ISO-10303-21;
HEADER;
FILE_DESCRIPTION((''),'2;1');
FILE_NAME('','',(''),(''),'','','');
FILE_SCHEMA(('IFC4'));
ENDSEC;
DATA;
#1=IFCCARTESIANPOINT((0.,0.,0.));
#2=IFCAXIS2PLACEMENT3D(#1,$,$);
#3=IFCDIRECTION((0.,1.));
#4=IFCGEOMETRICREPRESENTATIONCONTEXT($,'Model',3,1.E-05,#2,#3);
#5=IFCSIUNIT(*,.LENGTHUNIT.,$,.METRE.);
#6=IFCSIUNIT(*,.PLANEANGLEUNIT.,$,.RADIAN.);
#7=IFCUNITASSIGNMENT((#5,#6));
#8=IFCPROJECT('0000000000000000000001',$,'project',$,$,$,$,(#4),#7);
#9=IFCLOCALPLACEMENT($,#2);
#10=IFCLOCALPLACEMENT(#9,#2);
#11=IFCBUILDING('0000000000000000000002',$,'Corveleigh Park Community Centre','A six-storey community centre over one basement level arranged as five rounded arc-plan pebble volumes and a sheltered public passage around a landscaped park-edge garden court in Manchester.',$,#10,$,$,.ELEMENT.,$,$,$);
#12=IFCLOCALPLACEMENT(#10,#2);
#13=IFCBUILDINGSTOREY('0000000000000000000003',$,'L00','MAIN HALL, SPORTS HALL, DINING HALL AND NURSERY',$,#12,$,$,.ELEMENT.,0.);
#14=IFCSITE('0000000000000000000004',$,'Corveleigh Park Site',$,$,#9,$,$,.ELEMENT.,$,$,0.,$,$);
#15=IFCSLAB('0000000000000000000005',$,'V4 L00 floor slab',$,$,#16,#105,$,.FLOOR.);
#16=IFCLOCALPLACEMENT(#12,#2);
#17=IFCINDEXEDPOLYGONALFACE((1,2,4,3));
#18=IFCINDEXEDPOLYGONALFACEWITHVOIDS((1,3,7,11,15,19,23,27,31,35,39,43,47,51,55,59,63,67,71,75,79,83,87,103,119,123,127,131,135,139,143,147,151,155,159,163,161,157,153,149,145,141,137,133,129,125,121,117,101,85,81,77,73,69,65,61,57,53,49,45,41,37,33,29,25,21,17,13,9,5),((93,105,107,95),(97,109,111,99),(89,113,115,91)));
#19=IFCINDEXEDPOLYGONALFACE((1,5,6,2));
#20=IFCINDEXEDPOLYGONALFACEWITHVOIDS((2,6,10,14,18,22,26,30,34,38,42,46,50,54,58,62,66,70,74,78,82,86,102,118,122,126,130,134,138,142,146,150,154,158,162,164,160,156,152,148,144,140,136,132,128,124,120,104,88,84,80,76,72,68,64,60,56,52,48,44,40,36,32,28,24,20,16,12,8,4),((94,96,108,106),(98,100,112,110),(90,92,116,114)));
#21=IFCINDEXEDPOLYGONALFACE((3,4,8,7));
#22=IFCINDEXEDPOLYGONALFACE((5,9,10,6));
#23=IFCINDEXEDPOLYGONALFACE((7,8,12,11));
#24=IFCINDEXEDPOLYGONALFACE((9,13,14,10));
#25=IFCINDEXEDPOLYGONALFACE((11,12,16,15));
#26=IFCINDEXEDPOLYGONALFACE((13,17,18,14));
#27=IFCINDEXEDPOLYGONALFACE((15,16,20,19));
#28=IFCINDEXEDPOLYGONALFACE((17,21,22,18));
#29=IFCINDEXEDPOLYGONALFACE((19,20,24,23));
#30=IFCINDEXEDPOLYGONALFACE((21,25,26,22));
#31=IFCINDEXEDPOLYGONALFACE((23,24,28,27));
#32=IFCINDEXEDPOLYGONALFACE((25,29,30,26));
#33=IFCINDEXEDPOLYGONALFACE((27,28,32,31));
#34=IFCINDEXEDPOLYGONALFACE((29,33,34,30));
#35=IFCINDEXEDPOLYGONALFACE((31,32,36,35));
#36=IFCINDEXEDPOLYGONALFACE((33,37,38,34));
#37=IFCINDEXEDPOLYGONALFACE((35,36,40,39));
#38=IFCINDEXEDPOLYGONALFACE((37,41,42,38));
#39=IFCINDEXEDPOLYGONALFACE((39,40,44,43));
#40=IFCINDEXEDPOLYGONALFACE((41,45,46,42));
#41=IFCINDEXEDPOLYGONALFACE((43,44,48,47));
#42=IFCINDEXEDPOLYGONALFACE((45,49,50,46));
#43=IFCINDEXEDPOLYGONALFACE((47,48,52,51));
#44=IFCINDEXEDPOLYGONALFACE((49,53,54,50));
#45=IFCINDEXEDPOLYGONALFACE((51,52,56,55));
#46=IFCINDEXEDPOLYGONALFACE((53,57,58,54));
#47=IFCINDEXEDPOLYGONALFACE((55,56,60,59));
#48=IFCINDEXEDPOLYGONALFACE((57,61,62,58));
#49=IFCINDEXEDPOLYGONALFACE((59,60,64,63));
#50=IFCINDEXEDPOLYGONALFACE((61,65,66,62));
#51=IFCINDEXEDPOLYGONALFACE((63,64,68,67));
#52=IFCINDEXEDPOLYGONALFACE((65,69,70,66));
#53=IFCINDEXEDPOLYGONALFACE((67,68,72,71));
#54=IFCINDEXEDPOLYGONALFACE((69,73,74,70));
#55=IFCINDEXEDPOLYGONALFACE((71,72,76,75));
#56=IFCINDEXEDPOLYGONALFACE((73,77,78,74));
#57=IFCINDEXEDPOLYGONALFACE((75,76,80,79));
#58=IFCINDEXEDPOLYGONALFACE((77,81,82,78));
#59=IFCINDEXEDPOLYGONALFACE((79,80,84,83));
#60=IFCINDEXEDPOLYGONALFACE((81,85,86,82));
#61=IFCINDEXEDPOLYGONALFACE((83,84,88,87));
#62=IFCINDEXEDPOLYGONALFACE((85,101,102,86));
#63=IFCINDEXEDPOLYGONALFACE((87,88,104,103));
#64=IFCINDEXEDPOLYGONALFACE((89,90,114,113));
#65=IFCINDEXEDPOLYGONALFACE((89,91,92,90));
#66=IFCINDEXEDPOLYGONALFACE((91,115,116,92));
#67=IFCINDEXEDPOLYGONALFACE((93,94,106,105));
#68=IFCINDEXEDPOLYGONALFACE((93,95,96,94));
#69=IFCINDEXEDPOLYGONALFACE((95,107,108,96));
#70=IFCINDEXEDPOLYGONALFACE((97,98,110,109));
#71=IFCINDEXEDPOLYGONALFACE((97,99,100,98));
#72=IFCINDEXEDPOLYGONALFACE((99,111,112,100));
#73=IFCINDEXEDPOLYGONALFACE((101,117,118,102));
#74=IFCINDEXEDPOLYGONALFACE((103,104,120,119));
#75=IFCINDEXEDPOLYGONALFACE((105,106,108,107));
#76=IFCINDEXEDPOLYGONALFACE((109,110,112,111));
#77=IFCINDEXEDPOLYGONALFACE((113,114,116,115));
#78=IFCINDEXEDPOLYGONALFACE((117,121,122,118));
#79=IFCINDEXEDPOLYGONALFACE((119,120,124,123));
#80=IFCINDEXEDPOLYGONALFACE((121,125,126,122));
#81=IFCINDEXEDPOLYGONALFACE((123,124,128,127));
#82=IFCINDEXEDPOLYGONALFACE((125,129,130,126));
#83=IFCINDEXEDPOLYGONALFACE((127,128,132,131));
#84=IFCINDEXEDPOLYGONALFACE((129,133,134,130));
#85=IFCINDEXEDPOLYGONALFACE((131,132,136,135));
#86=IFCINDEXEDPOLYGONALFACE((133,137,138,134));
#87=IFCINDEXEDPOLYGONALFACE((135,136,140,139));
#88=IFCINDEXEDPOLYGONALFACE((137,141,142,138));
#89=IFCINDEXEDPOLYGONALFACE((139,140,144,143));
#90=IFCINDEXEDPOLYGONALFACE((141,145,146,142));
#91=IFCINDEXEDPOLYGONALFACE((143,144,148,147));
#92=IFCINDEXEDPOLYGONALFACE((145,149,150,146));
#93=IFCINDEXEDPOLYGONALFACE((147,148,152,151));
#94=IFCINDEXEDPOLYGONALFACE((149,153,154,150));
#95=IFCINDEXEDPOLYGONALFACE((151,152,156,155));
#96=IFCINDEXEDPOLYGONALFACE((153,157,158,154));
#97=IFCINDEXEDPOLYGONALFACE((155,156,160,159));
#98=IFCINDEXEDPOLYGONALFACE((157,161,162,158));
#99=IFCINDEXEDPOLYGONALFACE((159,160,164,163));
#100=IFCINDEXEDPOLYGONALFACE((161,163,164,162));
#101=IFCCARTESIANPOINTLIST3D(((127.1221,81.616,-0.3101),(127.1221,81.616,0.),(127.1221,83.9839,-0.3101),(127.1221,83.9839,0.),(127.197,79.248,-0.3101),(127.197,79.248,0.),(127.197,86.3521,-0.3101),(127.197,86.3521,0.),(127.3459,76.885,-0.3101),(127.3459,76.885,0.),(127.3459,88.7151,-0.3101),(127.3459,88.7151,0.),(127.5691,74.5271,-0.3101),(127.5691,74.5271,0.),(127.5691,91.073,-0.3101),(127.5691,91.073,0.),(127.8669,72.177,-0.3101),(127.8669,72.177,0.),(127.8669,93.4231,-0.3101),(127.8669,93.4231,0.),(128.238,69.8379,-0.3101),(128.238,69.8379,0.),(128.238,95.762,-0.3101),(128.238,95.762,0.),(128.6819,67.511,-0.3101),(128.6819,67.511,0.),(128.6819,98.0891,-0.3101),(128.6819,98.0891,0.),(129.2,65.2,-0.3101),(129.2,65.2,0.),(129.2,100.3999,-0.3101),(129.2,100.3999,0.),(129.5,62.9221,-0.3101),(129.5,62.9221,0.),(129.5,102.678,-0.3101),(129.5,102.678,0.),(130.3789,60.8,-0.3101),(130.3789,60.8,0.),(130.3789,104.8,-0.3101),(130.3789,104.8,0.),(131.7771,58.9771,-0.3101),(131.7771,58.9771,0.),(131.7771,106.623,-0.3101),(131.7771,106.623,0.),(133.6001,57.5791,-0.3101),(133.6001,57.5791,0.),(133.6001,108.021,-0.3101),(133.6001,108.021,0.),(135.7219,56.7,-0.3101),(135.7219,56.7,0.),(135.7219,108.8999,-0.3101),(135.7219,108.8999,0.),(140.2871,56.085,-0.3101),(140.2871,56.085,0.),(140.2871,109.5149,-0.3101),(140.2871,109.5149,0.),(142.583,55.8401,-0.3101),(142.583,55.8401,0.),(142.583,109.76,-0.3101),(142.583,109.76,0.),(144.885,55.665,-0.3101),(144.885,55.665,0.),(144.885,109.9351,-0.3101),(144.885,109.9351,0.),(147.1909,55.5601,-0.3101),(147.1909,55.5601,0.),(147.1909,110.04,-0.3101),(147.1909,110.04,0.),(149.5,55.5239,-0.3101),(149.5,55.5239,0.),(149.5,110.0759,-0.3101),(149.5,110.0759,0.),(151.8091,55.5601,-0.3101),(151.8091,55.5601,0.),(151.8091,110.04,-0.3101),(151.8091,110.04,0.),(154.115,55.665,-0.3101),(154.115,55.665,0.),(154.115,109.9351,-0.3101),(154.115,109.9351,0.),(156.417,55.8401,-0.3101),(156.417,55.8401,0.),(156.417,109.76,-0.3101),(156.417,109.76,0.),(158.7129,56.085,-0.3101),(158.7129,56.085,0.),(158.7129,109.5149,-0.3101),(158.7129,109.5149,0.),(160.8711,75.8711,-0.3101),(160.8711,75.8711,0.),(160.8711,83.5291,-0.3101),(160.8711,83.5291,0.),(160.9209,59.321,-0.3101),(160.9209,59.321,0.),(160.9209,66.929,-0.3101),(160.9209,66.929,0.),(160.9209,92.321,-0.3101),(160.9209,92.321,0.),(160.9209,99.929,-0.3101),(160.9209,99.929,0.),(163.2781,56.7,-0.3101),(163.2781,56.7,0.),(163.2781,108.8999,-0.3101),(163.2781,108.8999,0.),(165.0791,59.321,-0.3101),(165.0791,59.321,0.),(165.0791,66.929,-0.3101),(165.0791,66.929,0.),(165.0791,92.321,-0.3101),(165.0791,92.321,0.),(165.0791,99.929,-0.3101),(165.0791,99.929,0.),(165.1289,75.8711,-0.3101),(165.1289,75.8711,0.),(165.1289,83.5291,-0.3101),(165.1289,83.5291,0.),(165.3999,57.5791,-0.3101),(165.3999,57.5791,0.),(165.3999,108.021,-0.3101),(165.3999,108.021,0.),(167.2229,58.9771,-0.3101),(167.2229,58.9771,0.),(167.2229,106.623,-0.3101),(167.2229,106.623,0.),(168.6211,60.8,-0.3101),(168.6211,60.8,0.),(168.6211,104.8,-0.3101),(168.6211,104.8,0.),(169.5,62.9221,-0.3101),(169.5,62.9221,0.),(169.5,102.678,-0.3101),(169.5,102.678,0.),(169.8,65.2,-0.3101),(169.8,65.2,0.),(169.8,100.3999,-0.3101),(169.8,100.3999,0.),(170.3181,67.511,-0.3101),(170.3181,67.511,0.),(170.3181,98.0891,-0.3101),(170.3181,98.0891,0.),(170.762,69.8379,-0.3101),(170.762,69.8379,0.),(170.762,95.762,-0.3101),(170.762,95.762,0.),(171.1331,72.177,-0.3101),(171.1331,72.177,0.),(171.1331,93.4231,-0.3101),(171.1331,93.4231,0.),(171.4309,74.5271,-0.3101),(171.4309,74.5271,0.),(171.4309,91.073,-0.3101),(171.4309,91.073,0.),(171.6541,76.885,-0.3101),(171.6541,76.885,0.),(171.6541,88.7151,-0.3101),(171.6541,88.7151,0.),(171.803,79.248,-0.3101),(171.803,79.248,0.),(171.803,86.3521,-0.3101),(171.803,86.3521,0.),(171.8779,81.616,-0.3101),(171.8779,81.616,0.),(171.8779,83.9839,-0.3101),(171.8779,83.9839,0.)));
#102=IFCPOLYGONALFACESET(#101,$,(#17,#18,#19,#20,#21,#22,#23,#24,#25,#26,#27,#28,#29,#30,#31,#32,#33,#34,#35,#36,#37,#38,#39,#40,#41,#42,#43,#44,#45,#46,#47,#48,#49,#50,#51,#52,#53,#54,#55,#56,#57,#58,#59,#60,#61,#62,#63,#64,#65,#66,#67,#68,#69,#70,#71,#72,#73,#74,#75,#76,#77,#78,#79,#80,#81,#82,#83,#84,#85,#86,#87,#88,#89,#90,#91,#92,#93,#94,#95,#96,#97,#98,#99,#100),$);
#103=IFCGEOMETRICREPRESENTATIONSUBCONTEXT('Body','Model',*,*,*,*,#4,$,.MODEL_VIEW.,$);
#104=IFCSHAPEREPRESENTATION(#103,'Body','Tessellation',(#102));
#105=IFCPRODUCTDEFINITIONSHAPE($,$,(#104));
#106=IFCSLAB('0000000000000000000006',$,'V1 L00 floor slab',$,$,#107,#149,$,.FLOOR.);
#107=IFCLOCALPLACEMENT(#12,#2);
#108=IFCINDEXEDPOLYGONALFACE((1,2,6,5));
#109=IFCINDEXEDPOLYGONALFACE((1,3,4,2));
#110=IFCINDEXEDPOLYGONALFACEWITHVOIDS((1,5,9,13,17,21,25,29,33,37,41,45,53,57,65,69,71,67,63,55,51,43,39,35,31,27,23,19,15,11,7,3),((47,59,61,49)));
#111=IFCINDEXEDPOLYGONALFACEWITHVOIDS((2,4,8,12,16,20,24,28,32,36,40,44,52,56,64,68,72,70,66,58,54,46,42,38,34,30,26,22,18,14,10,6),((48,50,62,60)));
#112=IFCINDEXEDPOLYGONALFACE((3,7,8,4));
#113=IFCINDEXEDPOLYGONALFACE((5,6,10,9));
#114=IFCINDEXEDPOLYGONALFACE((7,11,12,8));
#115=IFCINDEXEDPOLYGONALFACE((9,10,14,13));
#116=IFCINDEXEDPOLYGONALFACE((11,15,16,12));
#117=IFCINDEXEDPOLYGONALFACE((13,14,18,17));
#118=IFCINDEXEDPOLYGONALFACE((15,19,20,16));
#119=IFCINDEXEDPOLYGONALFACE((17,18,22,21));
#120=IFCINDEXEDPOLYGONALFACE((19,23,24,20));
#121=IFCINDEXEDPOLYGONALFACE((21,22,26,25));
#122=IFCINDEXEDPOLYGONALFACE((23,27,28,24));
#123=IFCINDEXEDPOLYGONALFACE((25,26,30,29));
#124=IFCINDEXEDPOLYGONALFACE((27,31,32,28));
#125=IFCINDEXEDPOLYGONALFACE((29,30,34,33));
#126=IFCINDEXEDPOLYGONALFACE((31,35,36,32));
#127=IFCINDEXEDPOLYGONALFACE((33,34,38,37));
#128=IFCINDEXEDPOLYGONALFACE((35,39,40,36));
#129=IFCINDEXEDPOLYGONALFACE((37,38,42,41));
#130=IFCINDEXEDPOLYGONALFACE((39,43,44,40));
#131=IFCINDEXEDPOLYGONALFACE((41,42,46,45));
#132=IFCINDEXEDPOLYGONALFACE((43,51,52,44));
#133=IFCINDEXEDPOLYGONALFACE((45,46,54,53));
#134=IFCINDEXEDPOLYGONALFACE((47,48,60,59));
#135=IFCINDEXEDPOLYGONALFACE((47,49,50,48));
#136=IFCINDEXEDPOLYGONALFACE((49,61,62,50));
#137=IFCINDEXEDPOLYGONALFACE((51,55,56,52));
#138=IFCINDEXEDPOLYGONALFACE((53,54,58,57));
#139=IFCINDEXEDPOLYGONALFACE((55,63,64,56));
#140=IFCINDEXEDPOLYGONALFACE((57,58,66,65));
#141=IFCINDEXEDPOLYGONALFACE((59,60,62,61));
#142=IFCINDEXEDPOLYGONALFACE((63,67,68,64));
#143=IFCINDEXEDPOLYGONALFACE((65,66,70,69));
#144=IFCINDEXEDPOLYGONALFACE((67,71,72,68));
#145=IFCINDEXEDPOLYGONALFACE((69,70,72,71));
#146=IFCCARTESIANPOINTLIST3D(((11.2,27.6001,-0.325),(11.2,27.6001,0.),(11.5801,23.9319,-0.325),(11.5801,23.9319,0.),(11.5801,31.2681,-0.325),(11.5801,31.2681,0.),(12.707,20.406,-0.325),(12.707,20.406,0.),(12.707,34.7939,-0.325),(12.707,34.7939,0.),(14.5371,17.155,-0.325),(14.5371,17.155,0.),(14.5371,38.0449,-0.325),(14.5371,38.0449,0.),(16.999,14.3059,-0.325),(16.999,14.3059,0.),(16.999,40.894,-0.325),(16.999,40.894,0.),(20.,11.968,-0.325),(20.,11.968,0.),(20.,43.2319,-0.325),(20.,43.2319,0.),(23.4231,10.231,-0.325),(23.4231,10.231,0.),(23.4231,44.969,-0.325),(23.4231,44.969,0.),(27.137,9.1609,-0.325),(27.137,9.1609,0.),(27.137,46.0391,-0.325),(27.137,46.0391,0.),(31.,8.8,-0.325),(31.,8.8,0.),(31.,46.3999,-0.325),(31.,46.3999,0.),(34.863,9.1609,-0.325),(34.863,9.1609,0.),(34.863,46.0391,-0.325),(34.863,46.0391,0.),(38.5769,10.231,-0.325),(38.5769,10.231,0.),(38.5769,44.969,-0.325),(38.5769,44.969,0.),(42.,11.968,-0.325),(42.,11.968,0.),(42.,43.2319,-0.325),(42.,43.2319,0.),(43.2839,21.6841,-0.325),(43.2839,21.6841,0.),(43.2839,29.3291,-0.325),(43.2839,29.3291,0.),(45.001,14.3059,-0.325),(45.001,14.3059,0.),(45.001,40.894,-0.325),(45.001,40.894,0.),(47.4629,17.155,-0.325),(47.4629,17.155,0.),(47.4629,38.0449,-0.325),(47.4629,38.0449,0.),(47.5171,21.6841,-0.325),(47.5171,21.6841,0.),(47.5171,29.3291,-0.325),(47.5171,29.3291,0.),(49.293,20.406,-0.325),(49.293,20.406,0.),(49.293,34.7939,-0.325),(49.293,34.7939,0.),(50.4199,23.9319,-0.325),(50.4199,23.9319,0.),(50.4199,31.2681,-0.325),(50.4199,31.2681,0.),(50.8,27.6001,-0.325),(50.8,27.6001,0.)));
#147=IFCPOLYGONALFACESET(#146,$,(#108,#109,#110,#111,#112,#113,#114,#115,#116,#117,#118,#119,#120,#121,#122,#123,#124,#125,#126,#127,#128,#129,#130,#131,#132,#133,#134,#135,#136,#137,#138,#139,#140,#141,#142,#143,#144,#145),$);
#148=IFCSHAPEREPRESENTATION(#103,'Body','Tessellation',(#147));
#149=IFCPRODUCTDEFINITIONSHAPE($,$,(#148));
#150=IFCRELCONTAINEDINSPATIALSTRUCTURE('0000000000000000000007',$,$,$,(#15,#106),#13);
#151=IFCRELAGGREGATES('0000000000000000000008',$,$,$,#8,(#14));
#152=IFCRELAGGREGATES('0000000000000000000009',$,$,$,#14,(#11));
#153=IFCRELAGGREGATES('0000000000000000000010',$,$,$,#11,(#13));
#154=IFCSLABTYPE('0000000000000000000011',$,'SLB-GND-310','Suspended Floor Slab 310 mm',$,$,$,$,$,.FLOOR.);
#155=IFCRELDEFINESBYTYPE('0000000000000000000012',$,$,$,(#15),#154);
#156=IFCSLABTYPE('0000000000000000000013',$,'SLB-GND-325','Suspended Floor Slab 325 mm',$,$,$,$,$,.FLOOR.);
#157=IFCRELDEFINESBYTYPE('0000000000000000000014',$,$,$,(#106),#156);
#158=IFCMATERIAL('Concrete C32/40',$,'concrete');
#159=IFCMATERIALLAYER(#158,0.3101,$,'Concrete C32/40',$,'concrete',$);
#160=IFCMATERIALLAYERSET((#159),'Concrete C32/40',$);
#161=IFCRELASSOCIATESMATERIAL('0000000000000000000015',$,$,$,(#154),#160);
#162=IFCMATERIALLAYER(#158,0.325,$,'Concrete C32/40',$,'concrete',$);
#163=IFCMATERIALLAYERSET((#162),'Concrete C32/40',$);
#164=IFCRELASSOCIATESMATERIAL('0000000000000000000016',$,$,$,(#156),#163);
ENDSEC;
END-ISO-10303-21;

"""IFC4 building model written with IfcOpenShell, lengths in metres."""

from ifc_helpers import new_model, si_unit, direction, frame, origin, place, context, subcontext, project, spatial, polyline, outline, extrude, material, layer, layer_set, type_object, element, save


model = new_model("IFC4")

# Units and contexts
model_context = context("Model", 3, precision=1e-05, world=origin(), true_north=direction((0.0, 1.0)))
body_context = subcontext(model_context, "Body", "Model", "MODEL_VIEW")
ifc_project = project(units=[si_unit("LENGTHUNIT", "METRE"), si_unit("PLANEANGLEUNIT", "RADIAN")], contexts=[model_context])

# Site, building, storey
site_placement = place(None, origin())
site = spatial("IfcSite", under=ifc_project, at=site_placement, Name="Corveleigh Park Site", CompositionType="ELEMENT", RefElevation=0.0)
building_placement = place(site_placement, origin())
building = spatial("IfcBuilding", under=site, at=building_placement, Name="Corveleigh Park Community Centre", Description="A six-storey community centre over one basement level arranged as five rounded arc-plan pebble volumes and a sheltered public passage around a landscaped park-edge garden court in Manchester.", CompositionType="ELEMENT")
storey_placement = place(building_placement, origin())
storey = spatial("IfcBuildingStorey", under=building, at=storey_placement, Name="L00", Description="MAIN HALL, SPORTS HALL, DINING HALL AND NURSERY", CompositionType="ELEMENT", Elevation=0.0)

# Slabs
ifc_material_1 = material(Name="Concrete C32/40", Category="concrete")
ifc_layer_1 = layer(ifc_material_1, 0.3101, Name="Concrete C32/40", Category="concrete")
ifc_layer_set_1 = layer_set([ifc_layer_1], Name="Concrete C32/40")
slab_type_1 = type_object("IfcSlabType", Name="SLB-GND-310", Description="Suspended Floor Slab 310 mm", PredefinedType="FLOOR", material=ifc_layer_set_1)
slab_1_placement = place(storey_placement, frame((0.0, 0.0, -0.3101)))
element("IfcSlab", 1, at=slab_1_placement, inside=storey, type_object=slab_type_1, Name="V4 L00 floor slab", PredefinedType="FLOOR", context=body_context, shape_type="SweptSolid", body=[
    extrude(outline(polyline([(133.6001, 57.5791), (131.7771, 58.9771), (130.3789, 60.8), (129.5, 62.9221), (129.2, 65.2), (128.6819, 67.511), (128.238, 69.8379), (127.8669, 72.177), (127.5691, 74.5271), (127.3459, 76.885), (127.197, 79.248), (127.1221, 81.616), (127.1221, 83.9839), (127.197, 86.3521), (127.3459, 88.7151), (127.5691, 91.073), (127.8669, 93.4231), (128.238, 95.762), (128.6819, 98.0891), (129.2, 100.3999), (129.5, 102.678), (130.3789, 104.8), (131.7771, 106.623), (133.6001, 108.021), (135.7219, 108.8999), (140.2871, 109.5149), (142.583, 109.76), (144.885, 109.9351), (147.1909, 110.04), (149.5, 110.0759), (151.8091, 110.04), (154.115, 109.9351), (156.417, 109.76), (158.7129, 109.5149), (163.2781, 108.8999), (165.3999, 108.021), (167.2229, 106.623), (168.6211, 104.8), (169.5, 102.678), (169.8, 100.3999), (170.3181, 98.0891), (170.762, 95.762), (171.1331, 93.4231), (171.4309, 91.073), (171.6541, 88.7151), (171.803, 86.3521), (171.8779, 83.9839), (171.8779, 81.616), (171.803, 79.248), (171.6541, 76.885), (171.4309, 74.5271), (171.1331, 72.177), (170.762, 69.8379), (170.3181, 67.511), (169.8, 65.2), (169.5, 62.9221), (168.6211, 60.8), (167.2229, 58.9771), (165.3999, 57.5791), (163.2781, 56.7), (158.7129, 56.085), (156.417, 55.8401), (154.115, 55.665), (151.8091, 55.5601), (149.5, 55.5239), (147.1909, 55.5601), (144.885, 55.665), (142.583, 55.8401), (140.2871, 56.085), (135.7219, 56.7), (133.6001, 57.5791)]), holes=[polyline([(160.9209, 66.929), (160.9209, 59.321), (165.0791, 59.321), (165.0791, 66.929), (160.9209, 66.929)]), polyline([(160.8711, 75.8711), (165.1289, 75.8711), (165.1289, 83.5291), (160.8711, 83.5291), (160.8711, 75.8711)]), polyline([(160.9209, 99.929), (160.9209, 92.321), (165.0791, 92.321), (165.0791, 99.929), (160.9209, 99.929)])]), origin(), (0.0, 0.0, 1.0), 0.3101),
])
ifc_layer_2 = layer(ifc_material_1, 0.325, Name="Concrete C32/40", Category="concrete")
ifc_layer_set_2 = layer_set([ifc_layer_2], Name="Concrete C32/40")
slab_type_2 = type_object("IfcSlabType", Name="SLB-GND-325", Description="Suspended Floor Slab 325 mm", PredefinedType="FLOOR", material=ifc_layer_set_2)
slab_2_placement = place(storey_placement, frame((0.0, 0.0, -0.325)))
element("IfcSlab", 2, at=slab_2_placement, inside=storey, type_object=slab_type_2, Name="V1 L00 floor slab", PredefinedType="FLOOR", context=body_context, shape_type="SweptSolid", body=[
    extrude(outline(polyline([(49.293, 20.406), (47.4629, 17.155), (45.001, 14.3059), (42.0, 11.968), (38.5769, 10.231), (34.863, 9.1609), (31.0, 8.8), (27.137, 9.1609), (23.4231, 10.231), (20.0, 11.968), (16.999, 14.3059), (14.5371, 17.155), (12.707, 20.406), (11.5801, 23.9319), (11.2, 27.6001), (11.5801, 31.2681), (12.707, 34.7939), (14.5371, 38.0449), (16.999, 40.894), (20.0, 43.2319), (23.4231, 44.969), (27.137, 46.0391), (31.0, 46.3999), (34.863, 46.0391), (38.5769, 44.969), (42.0, 43.2319), (45.001, 40.894), (47.4629, 38.0449), (49.293, 34.7939), (50.4199, 31.2681), (50.8, 27.6001), (50.4199, 23.9319), (49.293, 20.406)]), holes=[polyline([(43.2839, 29.3291), (43.2839, 21.6841), (47.5171, 21.6841), (47.5171, 29.3291), (43.2839, 29.3291)])]), origin(), (0.0, 0.0, 1.0), 0.325),
])

save(model, "model.ifc")
